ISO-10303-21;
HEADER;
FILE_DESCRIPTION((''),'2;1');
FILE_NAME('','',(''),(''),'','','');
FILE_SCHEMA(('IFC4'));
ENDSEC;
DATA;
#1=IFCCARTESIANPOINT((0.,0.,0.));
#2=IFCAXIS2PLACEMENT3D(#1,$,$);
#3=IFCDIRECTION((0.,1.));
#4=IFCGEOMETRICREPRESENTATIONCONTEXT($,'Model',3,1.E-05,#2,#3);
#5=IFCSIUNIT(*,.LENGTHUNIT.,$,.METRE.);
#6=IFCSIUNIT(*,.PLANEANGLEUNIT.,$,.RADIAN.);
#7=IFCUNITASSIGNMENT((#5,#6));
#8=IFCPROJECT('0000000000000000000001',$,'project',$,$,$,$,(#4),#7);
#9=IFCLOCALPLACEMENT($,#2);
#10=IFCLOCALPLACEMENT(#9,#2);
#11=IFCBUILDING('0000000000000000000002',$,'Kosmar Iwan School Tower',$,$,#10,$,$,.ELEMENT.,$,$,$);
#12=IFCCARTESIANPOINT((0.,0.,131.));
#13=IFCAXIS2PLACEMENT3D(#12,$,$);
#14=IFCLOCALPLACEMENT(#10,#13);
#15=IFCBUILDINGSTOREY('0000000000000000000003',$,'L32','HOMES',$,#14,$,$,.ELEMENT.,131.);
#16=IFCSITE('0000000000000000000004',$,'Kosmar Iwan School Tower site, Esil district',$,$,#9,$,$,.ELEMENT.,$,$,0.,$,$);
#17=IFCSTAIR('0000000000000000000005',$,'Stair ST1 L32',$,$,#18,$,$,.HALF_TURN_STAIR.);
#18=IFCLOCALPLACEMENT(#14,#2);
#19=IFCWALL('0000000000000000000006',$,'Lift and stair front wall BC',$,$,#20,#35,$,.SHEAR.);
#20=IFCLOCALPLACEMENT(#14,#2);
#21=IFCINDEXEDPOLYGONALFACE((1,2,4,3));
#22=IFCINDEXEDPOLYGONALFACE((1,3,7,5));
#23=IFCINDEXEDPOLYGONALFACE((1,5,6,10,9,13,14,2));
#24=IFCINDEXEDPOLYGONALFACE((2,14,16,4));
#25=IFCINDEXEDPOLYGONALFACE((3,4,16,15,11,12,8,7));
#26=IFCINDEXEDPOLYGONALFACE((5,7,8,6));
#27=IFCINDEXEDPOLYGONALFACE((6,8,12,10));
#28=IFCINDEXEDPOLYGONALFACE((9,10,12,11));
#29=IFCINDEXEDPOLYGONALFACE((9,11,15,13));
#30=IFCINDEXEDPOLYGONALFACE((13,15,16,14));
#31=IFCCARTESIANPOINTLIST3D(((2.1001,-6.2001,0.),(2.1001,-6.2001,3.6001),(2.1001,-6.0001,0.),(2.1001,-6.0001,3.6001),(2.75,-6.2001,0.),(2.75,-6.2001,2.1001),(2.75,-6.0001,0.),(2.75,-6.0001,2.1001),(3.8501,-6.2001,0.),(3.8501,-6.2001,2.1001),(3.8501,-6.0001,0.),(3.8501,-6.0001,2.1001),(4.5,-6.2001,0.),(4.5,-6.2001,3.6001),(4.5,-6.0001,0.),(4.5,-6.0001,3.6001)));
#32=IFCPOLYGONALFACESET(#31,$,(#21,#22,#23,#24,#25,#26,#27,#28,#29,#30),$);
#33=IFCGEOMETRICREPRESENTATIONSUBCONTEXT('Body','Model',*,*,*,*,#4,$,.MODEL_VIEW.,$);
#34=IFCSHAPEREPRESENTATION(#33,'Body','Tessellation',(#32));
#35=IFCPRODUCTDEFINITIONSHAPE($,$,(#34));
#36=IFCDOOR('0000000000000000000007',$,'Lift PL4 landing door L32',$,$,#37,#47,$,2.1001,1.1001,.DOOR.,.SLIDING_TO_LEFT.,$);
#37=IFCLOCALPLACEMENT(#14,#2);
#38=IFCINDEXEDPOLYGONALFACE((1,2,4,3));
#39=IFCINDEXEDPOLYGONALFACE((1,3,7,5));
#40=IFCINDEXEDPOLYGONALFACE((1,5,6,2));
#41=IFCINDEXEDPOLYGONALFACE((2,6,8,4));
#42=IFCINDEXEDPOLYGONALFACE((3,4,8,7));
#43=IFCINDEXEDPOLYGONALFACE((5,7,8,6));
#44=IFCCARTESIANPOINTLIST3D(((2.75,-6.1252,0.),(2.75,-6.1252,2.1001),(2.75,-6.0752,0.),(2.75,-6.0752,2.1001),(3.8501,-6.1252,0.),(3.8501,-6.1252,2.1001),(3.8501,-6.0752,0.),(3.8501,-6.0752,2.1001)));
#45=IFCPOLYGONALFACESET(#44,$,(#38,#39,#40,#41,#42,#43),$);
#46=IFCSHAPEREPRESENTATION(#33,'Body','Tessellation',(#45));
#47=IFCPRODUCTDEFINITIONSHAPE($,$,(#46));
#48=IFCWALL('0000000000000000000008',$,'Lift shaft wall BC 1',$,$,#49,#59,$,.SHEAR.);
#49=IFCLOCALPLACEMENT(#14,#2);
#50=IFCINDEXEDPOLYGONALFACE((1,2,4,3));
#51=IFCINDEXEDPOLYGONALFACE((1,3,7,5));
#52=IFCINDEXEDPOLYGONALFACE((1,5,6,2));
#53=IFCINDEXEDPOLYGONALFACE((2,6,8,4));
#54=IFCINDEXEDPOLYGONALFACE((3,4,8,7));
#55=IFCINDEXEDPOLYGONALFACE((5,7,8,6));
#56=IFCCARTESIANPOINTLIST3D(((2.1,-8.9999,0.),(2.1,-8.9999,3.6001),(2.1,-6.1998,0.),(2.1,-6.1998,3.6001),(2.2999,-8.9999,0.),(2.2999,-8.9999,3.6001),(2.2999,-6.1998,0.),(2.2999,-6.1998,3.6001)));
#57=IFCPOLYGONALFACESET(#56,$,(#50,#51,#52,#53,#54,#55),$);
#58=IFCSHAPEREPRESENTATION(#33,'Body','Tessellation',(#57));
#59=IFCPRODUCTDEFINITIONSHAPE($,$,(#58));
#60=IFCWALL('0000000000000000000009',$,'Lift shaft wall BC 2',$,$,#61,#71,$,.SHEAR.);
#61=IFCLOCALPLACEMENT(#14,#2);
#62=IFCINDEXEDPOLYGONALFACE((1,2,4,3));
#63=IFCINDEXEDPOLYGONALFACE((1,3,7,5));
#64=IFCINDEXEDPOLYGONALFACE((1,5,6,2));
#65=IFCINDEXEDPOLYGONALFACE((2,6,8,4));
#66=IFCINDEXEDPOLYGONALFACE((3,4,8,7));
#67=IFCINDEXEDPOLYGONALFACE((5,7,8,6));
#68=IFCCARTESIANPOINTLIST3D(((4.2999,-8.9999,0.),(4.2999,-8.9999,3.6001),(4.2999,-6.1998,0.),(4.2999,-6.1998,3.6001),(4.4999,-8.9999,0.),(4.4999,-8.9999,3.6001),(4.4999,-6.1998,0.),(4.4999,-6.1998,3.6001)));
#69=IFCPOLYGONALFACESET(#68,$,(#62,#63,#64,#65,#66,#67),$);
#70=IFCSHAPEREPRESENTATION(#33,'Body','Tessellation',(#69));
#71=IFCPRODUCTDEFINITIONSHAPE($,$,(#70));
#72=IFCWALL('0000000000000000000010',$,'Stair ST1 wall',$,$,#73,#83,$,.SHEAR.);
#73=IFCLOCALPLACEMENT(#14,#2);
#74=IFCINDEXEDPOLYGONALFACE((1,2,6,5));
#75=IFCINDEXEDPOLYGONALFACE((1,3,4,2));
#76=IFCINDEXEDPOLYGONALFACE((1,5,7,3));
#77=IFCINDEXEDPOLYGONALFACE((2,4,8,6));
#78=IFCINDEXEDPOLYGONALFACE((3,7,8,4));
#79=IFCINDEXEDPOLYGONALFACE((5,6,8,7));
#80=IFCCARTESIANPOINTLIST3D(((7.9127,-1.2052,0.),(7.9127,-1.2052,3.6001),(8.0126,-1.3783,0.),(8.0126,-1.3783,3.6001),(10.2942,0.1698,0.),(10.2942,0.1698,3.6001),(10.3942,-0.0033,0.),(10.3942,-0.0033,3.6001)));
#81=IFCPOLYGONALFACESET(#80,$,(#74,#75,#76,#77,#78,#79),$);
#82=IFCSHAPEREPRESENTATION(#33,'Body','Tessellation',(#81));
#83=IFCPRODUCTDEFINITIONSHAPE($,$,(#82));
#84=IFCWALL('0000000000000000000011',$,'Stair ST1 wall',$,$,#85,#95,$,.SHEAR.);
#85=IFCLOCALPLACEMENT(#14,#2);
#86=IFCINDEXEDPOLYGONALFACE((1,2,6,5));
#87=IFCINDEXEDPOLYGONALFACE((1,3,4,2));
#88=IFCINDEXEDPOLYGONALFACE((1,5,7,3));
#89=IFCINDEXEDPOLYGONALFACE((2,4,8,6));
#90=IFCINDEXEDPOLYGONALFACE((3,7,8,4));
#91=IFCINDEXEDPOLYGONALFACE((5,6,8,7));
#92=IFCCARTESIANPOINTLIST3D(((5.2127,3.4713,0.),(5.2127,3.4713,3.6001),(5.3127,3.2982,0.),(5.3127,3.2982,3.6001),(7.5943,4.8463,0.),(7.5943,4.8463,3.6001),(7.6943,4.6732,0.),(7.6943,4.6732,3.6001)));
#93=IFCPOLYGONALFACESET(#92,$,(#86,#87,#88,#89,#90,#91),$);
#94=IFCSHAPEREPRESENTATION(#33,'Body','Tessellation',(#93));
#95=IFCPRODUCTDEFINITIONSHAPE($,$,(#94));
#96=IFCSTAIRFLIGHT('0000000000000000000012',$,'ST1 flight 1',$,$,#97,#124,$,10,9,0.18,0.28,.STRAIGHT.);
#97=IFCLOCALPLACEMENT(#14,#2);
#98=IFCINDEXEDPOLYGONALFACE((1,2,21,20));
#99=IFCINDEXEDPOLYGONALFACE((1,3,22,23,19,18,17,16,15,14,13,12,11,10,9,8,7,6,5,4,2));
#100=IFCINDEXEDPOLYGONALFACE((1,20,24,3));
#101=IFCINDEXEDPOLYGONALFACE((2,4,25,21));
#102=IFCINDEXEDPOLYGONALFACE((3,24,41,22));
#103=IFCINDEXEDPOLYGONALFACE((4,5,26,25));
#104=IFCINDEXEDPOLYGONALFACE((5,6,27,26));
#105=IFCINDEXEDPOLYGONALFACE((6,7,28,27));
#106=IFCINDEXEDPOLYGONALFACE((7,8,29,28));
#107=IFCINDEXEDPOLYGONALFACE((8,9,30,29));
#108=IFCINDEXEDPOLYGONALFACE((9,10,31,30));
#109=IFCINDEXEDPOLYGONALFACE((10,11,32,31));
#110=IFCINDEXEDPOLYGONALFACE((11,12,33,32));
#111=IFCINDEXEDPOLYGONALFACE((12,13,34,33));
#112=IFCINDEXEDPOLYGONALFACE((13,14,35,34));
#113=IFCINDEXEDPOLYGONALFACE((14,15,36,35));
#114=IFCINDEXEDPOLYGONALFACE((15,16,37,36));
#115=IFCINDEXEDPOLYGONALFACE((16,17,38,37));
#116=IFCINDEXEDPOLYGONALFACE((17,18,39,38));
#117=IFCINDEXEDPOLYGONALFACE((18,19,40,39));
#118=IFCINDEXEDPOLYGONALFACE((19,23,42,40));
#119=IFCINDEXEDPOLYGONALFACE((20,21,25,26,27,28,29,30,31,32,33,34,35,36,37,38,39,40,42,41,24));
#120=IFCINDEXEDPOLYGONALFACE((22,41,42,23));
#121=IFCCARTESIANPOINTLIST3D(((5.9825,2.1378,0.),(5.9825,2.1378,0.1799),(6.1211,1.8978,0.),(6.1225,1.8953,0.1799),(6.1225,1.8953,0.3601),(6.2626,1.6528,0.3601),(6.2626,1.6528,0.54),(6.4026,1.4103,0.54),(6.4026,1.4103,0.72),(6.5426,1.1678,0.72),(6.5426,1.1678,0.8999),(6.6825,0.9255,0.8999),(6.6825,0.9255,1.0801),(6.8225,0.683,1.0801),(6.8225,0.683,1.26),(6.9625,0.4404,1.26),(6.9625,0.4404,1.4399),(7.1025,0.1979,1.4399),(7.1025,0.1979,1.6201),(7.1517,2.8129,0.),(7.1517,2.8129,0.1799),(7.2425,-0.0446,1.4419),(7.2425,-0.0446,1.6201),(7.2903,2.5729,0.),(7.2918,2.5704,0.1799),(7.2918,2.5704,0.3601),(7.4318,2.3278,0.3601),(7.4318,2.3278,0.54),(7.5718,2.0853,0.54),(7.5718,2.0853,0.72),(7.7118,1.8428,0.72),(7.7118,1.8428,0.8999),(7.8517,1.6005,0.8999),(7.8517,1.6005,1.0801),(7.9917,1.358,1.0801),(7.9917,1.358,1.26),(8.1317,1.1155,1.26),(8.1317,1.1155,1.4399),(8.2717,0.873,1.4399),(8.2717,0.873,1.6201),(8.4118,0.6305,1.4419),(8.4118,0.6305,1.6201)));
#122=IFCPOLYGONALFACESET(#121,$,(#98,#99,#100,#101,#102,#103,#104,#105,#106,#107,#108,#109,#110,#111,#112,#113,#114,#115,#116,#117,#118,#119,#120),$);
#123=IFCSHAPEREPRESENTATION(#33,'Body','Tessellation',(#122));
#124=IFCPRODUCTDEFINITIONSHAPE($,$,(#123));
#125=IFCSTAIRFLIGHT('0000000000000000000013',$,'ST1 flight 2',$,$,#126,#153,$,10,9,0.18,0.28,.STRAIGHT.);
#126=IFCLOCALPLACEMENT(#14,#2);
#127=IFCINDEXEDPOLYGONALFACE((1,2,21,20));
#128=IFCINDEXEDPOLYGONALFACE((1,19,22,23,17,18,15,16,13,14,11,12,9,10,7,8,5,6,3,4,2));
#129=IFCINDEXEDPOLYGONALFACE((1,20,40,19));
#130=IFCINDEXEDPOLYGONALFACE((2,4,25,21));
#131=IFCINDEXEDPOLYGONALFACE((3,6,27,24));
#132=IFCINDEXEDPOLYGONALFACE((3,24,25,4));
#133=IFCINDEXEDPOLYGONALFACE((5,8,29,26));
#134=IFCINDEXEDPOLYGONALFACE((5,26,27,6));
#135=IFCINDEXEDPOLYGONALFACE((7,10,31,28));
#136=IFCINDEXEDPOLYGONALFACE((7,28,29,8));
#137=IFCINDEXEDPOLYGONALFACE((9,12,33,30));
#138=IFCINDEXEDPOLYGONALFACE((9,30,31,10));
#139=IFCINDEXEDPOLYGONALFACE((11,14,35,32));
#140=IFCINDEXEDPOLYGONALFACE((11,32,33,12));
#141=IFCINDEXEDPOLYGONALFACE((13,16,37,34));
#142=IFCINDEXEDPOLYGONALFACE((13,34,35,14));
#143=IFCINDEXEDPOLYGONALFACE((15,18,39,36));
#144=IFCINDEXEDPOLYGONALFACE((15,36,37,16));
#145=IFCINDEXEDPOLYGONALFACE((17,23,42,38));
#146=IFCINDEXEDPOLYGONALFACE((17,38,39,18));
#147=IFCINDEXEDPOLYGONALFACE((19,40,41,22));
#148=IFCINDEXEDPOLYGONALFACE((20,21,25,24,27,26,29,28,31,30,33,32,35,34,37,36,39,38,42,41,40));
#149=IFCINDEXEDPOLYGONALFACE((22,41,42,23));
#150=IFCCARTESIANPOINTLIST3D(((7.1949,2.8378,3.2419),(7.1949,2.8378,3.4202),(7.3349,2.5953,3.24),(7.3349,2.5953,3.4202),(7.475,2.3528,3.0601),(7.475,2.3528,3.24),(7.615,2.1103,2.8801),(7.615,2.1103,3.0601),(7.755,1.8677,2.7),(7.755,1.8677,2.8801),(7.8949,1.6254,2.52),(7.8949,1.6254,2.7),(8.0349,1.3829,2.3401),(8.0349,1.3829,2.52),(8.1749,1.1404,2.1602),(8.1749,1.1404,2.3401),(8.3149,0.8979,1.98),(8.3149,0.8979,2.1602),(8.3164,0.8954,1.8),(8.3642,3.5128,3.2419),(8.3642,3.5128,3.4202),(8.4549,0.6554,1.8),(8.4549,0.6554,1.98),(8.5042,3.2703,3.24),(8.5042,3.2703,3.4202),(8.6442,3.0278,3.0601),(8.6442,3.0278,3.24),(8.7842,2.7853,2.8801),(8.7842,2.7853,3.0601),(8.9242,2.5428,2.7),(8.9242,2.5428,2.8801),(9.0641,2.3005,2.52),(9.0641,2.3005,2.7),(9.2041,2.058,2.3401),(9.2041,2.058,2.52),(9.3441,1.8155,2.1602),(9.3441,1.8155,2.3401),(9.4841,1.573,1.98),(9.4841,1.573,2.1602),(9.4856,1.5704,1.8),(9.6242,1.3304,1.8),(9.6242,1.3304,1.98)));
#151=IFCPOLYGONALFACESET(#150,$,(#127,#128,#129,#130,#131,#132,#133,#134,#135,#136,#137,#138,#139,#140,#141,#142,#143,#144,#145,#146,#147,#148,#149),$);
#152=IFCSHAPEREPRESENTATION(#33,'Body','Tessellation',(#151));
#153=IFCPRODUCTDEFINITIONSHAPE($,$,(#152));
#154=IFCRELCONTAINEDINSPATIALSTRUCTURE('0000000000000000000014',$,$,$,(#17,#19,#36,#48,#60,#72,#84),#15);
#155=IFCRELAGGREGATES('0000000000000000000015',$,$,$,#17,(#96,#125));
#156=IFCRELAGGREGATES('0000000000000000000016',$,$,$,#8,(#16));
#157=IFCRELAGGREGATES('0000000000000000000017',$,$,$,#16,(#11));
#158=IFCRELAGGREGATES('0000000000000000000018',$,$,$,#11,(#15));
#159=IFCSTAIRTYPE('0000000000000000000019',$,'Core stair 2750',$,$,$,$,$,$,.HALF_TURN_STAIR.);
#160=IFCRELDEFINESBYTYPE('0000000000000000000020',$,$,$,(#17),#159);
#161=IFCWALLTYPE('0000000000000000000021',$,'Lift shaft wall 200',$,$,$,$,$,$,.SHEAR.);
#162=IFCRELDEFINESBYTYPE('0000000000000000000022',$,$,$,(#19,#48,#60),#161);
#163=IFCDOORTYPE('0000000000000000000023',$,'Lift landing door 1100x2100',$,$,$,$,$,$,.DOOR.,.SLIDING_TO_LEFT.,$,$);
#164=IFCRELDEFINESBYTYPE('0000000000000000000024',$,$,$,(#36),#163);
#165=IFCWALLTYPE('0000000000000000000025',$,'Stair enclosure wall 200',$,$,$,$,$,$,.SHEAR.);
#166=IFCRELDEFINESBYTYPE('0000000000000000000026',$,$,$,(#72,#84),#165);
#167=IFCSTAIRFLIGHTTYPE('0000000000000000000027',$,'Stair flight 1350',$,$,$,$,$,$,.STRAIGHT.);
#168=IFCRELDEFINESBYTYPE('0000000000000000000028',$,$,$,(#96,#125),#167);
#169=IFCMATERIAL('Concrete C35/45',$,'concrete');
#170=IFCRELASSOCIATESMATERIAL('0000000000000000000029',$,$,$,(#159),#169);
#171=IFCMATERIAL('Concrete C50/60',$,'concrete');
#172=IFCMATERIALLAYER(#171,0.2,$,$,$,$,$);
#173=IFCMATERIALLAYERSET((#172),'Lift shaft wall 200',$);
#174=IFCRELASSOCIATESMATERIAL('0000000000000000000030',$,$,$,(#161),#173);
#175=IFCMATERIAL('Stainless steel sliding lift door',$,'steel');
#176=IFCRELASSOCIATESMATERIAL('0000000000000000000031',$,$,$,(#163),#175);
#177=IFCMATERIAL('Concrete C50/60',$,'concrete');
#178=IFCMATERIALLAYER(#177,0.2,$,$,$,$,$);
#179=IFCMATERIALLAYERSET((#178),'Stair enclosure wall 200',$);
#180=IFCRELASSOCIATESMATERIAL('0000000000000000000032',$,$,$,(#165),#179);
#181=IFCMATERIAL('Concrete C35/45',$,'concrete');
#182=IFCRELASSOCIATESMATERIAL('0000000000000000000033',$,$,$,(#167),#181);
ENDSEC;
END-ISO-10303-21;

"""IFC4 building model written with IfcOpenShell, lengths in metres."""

from ifc_helpers import new_model, si_unit, direction, frame, frame_2d, origin, place, context, subcontext, project, spatial, polyline, rectangle, outline, extrude, material, layer, layer_set, type_object, element, fill, aggregate, save


model = new_model("IFC4")

# Units and contexts
model_context = context("Model", 3, precision=1e-05, world=origin(), true_north=direction((0.0, 1.0)))
body_context = subcontext(model_context, "Body", "Model", "MODEL_VIEW")
ifc_project = project(units=[si_unit("LENGTHUNIT", "METRE"), si_unit("PLANEANGLEUNIT", "RADIAN")], contexts=[model_context])

# Site, building, storey
site_placement = place(None, origin())
site = spatial("IfcSite", under=ifc_project, at=site_placement, Name="Kosmar Iwan School Tower site, Esil district", CompositionType="ELEMENT", RefElevation=0.0)
building_placement = place(site_placement, origin())
building = spatial("IfcBuilding", under=site, at=building_placement, Name="Kosmar Iwan School Tower", CompositionType="ELEMENT")
storey_placement = place(building_placement, frame((0.0, 0.0, 131.0)))
storey = spatial("IfcBuildingStorey", under=building, at=storey_placement, Name="L32", Description="HOMES", CompositionType="ELEMENT", Elevation=131.0)

# Stair
ifc_material_1 = material(Name="Concrete C35/45", Category="concrete")
stair_type_1 = type_object("IfcStairType", Name="Core stair 2750", PredefinedType="HALF_TURN_STAIR", material=ifc_material_1)
stair_1_placement = place(storey_placement, origin())
stair_1 = element("IfcStair", 1, at=stair_1_placement, inside=storey, type_object=stair_type_1, Name="Stair ST1 L32", PredefinedType="HALF_TURN_STAIR")

# Shared definitions
ifc_material_2 = material(Name="Concrete C50/60", Category="concrete")
ifc_layer_1 = layer(ifc_material_2, 0.2)
ifc_layer_set_1 = layer_set([ifc_layer_1], Name="Lift shaft wall 200")
wall_type_1 = type_object("IfcWallType", Name="Lift shaft wall 200", PredefinedType="SHEAR", material=ifc_layer_set_1)

# Wall, opening, door
wall_1_placement = place(storey_placement, frame((2.1001, -6.1001, 0.0), z_axis=(0.0, 0.0, 1.0), x_axis=(1.0, 0.0, 0.0)))
wall_1 = element("IfcWall", 2, at=wall_1_placement, inside=storey, type_object=wall_type_1, Name="Lift and stair front wall BC", PredefinedType="SHEAR", context=body_context, shape_type="SweptSolid", body=[
    extrude(rectangle(XDim=2.3999, YDim=0.2, at=frame_2d((1.2, 0.0))), origin(), (0.0, 0.0, 1.0), 3.6001),
])
opening_1_placement = place(wall_1_placement, frame((0.6499, 0.0, 0.0)))
opening_1 = element("IfcOpeningElement", 3, at=opening_1_placement, cuts=wall_1, PredefinedType="OPENING", context=body_context, shape_type="SweptSolid", body=[
    extrude(rectangle(XDim=1.1001, YDim=2.1001, at=frame_2d((0.55, 1.05))), frame((0.0, 0.1121, 0.0), z_axis=(0.0, -1.0, 0.0), x_axis=(1.0, 0.0, 0.0)), (0.0, 0.0, 1.0), 0.2239),
])
ifc_material_3 = material(Name="Stainless steel sliding lift door", Category="steel")
door_type_1 = type_object("IfcDoorType", Name="Lift landing door 1100x2100", OperationType="SLIDING_TO_LEFT", PredefinedType="DOOR", material=ifc_material_3)
door_1_placement = place(opening_1_placement, origin())
door_1 = element("IfcDoor", 4, at=door_1_placement, inside=storey, type_object=door_type_1, Name="Lift PL4 landing door L32", OperationType="SLIDING_TO_LEFT", OverallHeight=2.1001, OverallWidth=1.1001, PredefinedType="DOOR", context=body_context, shape_type="SweptSolid", body=[
    extrude(rectangle(XDim=1.1001, YDim=2.1001, at=frame_2d((0.55, 1.05))), frame((0.0, 0.0249, 0.0), z_axis=(0.0, -1.0, 0.0), x_axis=(1.0, 0.0, 0.0)), (0.0, 0.0, 1.0), 0.05),
])
fill(opening_1, door_1)

# Walls
for number, where, z_axis, x_axis, name in (
    (5, (2.2, -6.2, 0.0), (0.0, 0.0, 1.0), (0.0, -1.0, 0.0), "Lift shaft wall BC 1"),
    (6, (4.3999, -6.2, 0.0), (0.0, 0.0, 1.0), (0.0, -1.0, 0.0), "Lift shaft wall BC 2"),
):
    element("IfcWall", number, at=place(storey_placement, frame(where, z_axis=z_axis, x_axis=x_axis)), inside=storey, type_object=wall_type_1, Name=name, PredefinedType="SHEAR", context=body_context, shape_type="SweptSolid", body=[
        extrude(rectangle(XDim=2.8, YDim=0.2, at=frame_2d((1.3999, 0.0))), origin(), (0.0, 0.0, 1.0), 3.6001),
    ])
ifc_material_4 = material(Name="Concrete C50/60", Category="concrete")
ifc_layer_2 = layer(ifc_material_4, 0.2)
ifc_layer_set_2 = layer_set([ifc_layer_2], Name="Stair enclosure wall 200")
wall_type_2 = type_object("IfcWallType", Name="Stair enclosure wall 200", PredefinedType="SHEAR", material=ifc_layer_set_2)
for number, where, z_axis, x_axis, name in (
    (7, (7.9626, -1.2917, 0.0), (0.0, 0.0, 1.0), (0.866027, 0.499997, 0.0), "Stair ST1 wall"),
    (8, (5.2627, 3.3848, 0.0), (0.0, 0.0, 1.0), (0.866027, 0.499997, 0.0), "Stair ST1 wall"),
):
    element("IfcWall", number, at=place(storey_placement, frame(where, z_axis=z_axis, x_axis=x_axis)), inside=storey, type_object=wall_type_2, Name=name, PredefinedType="SHEAR", context=body_context, shape_type="SweptSolid", body=[
        extrude(rectangle(XDim=2.75, YDim=0.2, at=frame_2d((1.375, 0.0))), origin(), (0.0, 0.0, 1.0), 3.6001),
    ])

# Stair flights
ifc_material_5 = material(Name="Concrete C35/45", Category="concrete")
stair_flight_type = type_object("IfcStairFlightType", Name="Stair flight 1350", PredefinedType="STRAIGHT", material=ifc_material_5)
stair_flight_1_placement = place(storey_placement, frame((6.5671, 2.4753, 0.0), z_axis=(0.0, 0.0, 1.0), x_axis=(0.5, -0.866025, 0.0)))
stair_flight_1 = element("IfcStairFlight", 9, at=stair_flight_1_placement, type_object=stair_flight_type, Name="ST1 flight 1", NumberOfRisers=10, NumberOfTreads=9, PredefinedType="STRAIGHT", RiserHeight=0.18, TreadLength=0.28, context=body_context, shape_type="SweptSolid", body=[
    extrude(outline(polyline([(0.0, 0.0), (0.0, 0.1799), (0.28, 0.1799), (0.28, 0.3601), (0.5601, 0.3601), (0.5601, 0.54), (0.8401, 0.54), (0.8401, 0.72), (1.1201, 0.72), (1.1201, 0.8999), (1.3999, 0.8999), (1.3999, 1.0801), (1.6799, 1.0801), (1.6799, 1.26), (1.96, 1.26), (1.96, 1.4399), (2.24, 1.4399), (2.24, 1.6201), (2.52, 1.6201), (2.52, 1.8), (2.52, 1.4419), (0.2771, 0.0), (0.0, 0.0)])), frame((0.0, 0.675, 0.0), z_axis=(0.0, -1.0, 0.0), x_axis=(1.0, 0.0, 0.0)), (0.0, 0.0, 1.0), 1.3501),
])
stair_flight_2_placement = place(storey_placement, frame((9.0396, 0.9929, 1.8), z_axis=(0.0, 0.0, 1.0), x_axis=(-0.5, 0.866025, 0.0)))
stair_flight_2 = element("IfcStairFlight", 10, at=stair_flight_2_placement, type_object=stair_flight_type, Name="ST1 flight 2", NumberOfRisers=10, NumberOfTreads=9, PredefinedType="STRAIGHT", RiserHeight=0.18, TreadLength=0.28, context=body_context, shape_type="SweptSolid", body=[
    extrude(outline(polyline([(0.0, 0.0), (0.0, 0.1799), (0.28, 0.1799), (0.28, 0.3601), (0.5601, 0.3601), (0.5601, 0.54), (0.8401, 0.54), (0.8401, 0.72), (1.1201, 0.72), (1.1201, 0.8999), (1.3999, 0.8999), (1.3999, 1.0801), (1.6799, 1.0801), (1.6799, 1.26), (1.96, 1.26), (1.96, 1.4399), (2.24, 1.4399), (2.24, 1.6201), (2.52, 1.6201), (2.52, 1.8), (2.52, 1.4419), (0.2771, 0.0), (0.0, 0.0)])), frame((0.0, 0.675, 0.0), z_axis=(0.0, -1.0, 0.0), x_axis=(1.0, 0.0, 0.0)), (0.0, 0.0, 1.0), 1.3501),
])
aggregate(stair_1, [stair_flight_1, stair_flight_2])

save(model, "model.ifc")
